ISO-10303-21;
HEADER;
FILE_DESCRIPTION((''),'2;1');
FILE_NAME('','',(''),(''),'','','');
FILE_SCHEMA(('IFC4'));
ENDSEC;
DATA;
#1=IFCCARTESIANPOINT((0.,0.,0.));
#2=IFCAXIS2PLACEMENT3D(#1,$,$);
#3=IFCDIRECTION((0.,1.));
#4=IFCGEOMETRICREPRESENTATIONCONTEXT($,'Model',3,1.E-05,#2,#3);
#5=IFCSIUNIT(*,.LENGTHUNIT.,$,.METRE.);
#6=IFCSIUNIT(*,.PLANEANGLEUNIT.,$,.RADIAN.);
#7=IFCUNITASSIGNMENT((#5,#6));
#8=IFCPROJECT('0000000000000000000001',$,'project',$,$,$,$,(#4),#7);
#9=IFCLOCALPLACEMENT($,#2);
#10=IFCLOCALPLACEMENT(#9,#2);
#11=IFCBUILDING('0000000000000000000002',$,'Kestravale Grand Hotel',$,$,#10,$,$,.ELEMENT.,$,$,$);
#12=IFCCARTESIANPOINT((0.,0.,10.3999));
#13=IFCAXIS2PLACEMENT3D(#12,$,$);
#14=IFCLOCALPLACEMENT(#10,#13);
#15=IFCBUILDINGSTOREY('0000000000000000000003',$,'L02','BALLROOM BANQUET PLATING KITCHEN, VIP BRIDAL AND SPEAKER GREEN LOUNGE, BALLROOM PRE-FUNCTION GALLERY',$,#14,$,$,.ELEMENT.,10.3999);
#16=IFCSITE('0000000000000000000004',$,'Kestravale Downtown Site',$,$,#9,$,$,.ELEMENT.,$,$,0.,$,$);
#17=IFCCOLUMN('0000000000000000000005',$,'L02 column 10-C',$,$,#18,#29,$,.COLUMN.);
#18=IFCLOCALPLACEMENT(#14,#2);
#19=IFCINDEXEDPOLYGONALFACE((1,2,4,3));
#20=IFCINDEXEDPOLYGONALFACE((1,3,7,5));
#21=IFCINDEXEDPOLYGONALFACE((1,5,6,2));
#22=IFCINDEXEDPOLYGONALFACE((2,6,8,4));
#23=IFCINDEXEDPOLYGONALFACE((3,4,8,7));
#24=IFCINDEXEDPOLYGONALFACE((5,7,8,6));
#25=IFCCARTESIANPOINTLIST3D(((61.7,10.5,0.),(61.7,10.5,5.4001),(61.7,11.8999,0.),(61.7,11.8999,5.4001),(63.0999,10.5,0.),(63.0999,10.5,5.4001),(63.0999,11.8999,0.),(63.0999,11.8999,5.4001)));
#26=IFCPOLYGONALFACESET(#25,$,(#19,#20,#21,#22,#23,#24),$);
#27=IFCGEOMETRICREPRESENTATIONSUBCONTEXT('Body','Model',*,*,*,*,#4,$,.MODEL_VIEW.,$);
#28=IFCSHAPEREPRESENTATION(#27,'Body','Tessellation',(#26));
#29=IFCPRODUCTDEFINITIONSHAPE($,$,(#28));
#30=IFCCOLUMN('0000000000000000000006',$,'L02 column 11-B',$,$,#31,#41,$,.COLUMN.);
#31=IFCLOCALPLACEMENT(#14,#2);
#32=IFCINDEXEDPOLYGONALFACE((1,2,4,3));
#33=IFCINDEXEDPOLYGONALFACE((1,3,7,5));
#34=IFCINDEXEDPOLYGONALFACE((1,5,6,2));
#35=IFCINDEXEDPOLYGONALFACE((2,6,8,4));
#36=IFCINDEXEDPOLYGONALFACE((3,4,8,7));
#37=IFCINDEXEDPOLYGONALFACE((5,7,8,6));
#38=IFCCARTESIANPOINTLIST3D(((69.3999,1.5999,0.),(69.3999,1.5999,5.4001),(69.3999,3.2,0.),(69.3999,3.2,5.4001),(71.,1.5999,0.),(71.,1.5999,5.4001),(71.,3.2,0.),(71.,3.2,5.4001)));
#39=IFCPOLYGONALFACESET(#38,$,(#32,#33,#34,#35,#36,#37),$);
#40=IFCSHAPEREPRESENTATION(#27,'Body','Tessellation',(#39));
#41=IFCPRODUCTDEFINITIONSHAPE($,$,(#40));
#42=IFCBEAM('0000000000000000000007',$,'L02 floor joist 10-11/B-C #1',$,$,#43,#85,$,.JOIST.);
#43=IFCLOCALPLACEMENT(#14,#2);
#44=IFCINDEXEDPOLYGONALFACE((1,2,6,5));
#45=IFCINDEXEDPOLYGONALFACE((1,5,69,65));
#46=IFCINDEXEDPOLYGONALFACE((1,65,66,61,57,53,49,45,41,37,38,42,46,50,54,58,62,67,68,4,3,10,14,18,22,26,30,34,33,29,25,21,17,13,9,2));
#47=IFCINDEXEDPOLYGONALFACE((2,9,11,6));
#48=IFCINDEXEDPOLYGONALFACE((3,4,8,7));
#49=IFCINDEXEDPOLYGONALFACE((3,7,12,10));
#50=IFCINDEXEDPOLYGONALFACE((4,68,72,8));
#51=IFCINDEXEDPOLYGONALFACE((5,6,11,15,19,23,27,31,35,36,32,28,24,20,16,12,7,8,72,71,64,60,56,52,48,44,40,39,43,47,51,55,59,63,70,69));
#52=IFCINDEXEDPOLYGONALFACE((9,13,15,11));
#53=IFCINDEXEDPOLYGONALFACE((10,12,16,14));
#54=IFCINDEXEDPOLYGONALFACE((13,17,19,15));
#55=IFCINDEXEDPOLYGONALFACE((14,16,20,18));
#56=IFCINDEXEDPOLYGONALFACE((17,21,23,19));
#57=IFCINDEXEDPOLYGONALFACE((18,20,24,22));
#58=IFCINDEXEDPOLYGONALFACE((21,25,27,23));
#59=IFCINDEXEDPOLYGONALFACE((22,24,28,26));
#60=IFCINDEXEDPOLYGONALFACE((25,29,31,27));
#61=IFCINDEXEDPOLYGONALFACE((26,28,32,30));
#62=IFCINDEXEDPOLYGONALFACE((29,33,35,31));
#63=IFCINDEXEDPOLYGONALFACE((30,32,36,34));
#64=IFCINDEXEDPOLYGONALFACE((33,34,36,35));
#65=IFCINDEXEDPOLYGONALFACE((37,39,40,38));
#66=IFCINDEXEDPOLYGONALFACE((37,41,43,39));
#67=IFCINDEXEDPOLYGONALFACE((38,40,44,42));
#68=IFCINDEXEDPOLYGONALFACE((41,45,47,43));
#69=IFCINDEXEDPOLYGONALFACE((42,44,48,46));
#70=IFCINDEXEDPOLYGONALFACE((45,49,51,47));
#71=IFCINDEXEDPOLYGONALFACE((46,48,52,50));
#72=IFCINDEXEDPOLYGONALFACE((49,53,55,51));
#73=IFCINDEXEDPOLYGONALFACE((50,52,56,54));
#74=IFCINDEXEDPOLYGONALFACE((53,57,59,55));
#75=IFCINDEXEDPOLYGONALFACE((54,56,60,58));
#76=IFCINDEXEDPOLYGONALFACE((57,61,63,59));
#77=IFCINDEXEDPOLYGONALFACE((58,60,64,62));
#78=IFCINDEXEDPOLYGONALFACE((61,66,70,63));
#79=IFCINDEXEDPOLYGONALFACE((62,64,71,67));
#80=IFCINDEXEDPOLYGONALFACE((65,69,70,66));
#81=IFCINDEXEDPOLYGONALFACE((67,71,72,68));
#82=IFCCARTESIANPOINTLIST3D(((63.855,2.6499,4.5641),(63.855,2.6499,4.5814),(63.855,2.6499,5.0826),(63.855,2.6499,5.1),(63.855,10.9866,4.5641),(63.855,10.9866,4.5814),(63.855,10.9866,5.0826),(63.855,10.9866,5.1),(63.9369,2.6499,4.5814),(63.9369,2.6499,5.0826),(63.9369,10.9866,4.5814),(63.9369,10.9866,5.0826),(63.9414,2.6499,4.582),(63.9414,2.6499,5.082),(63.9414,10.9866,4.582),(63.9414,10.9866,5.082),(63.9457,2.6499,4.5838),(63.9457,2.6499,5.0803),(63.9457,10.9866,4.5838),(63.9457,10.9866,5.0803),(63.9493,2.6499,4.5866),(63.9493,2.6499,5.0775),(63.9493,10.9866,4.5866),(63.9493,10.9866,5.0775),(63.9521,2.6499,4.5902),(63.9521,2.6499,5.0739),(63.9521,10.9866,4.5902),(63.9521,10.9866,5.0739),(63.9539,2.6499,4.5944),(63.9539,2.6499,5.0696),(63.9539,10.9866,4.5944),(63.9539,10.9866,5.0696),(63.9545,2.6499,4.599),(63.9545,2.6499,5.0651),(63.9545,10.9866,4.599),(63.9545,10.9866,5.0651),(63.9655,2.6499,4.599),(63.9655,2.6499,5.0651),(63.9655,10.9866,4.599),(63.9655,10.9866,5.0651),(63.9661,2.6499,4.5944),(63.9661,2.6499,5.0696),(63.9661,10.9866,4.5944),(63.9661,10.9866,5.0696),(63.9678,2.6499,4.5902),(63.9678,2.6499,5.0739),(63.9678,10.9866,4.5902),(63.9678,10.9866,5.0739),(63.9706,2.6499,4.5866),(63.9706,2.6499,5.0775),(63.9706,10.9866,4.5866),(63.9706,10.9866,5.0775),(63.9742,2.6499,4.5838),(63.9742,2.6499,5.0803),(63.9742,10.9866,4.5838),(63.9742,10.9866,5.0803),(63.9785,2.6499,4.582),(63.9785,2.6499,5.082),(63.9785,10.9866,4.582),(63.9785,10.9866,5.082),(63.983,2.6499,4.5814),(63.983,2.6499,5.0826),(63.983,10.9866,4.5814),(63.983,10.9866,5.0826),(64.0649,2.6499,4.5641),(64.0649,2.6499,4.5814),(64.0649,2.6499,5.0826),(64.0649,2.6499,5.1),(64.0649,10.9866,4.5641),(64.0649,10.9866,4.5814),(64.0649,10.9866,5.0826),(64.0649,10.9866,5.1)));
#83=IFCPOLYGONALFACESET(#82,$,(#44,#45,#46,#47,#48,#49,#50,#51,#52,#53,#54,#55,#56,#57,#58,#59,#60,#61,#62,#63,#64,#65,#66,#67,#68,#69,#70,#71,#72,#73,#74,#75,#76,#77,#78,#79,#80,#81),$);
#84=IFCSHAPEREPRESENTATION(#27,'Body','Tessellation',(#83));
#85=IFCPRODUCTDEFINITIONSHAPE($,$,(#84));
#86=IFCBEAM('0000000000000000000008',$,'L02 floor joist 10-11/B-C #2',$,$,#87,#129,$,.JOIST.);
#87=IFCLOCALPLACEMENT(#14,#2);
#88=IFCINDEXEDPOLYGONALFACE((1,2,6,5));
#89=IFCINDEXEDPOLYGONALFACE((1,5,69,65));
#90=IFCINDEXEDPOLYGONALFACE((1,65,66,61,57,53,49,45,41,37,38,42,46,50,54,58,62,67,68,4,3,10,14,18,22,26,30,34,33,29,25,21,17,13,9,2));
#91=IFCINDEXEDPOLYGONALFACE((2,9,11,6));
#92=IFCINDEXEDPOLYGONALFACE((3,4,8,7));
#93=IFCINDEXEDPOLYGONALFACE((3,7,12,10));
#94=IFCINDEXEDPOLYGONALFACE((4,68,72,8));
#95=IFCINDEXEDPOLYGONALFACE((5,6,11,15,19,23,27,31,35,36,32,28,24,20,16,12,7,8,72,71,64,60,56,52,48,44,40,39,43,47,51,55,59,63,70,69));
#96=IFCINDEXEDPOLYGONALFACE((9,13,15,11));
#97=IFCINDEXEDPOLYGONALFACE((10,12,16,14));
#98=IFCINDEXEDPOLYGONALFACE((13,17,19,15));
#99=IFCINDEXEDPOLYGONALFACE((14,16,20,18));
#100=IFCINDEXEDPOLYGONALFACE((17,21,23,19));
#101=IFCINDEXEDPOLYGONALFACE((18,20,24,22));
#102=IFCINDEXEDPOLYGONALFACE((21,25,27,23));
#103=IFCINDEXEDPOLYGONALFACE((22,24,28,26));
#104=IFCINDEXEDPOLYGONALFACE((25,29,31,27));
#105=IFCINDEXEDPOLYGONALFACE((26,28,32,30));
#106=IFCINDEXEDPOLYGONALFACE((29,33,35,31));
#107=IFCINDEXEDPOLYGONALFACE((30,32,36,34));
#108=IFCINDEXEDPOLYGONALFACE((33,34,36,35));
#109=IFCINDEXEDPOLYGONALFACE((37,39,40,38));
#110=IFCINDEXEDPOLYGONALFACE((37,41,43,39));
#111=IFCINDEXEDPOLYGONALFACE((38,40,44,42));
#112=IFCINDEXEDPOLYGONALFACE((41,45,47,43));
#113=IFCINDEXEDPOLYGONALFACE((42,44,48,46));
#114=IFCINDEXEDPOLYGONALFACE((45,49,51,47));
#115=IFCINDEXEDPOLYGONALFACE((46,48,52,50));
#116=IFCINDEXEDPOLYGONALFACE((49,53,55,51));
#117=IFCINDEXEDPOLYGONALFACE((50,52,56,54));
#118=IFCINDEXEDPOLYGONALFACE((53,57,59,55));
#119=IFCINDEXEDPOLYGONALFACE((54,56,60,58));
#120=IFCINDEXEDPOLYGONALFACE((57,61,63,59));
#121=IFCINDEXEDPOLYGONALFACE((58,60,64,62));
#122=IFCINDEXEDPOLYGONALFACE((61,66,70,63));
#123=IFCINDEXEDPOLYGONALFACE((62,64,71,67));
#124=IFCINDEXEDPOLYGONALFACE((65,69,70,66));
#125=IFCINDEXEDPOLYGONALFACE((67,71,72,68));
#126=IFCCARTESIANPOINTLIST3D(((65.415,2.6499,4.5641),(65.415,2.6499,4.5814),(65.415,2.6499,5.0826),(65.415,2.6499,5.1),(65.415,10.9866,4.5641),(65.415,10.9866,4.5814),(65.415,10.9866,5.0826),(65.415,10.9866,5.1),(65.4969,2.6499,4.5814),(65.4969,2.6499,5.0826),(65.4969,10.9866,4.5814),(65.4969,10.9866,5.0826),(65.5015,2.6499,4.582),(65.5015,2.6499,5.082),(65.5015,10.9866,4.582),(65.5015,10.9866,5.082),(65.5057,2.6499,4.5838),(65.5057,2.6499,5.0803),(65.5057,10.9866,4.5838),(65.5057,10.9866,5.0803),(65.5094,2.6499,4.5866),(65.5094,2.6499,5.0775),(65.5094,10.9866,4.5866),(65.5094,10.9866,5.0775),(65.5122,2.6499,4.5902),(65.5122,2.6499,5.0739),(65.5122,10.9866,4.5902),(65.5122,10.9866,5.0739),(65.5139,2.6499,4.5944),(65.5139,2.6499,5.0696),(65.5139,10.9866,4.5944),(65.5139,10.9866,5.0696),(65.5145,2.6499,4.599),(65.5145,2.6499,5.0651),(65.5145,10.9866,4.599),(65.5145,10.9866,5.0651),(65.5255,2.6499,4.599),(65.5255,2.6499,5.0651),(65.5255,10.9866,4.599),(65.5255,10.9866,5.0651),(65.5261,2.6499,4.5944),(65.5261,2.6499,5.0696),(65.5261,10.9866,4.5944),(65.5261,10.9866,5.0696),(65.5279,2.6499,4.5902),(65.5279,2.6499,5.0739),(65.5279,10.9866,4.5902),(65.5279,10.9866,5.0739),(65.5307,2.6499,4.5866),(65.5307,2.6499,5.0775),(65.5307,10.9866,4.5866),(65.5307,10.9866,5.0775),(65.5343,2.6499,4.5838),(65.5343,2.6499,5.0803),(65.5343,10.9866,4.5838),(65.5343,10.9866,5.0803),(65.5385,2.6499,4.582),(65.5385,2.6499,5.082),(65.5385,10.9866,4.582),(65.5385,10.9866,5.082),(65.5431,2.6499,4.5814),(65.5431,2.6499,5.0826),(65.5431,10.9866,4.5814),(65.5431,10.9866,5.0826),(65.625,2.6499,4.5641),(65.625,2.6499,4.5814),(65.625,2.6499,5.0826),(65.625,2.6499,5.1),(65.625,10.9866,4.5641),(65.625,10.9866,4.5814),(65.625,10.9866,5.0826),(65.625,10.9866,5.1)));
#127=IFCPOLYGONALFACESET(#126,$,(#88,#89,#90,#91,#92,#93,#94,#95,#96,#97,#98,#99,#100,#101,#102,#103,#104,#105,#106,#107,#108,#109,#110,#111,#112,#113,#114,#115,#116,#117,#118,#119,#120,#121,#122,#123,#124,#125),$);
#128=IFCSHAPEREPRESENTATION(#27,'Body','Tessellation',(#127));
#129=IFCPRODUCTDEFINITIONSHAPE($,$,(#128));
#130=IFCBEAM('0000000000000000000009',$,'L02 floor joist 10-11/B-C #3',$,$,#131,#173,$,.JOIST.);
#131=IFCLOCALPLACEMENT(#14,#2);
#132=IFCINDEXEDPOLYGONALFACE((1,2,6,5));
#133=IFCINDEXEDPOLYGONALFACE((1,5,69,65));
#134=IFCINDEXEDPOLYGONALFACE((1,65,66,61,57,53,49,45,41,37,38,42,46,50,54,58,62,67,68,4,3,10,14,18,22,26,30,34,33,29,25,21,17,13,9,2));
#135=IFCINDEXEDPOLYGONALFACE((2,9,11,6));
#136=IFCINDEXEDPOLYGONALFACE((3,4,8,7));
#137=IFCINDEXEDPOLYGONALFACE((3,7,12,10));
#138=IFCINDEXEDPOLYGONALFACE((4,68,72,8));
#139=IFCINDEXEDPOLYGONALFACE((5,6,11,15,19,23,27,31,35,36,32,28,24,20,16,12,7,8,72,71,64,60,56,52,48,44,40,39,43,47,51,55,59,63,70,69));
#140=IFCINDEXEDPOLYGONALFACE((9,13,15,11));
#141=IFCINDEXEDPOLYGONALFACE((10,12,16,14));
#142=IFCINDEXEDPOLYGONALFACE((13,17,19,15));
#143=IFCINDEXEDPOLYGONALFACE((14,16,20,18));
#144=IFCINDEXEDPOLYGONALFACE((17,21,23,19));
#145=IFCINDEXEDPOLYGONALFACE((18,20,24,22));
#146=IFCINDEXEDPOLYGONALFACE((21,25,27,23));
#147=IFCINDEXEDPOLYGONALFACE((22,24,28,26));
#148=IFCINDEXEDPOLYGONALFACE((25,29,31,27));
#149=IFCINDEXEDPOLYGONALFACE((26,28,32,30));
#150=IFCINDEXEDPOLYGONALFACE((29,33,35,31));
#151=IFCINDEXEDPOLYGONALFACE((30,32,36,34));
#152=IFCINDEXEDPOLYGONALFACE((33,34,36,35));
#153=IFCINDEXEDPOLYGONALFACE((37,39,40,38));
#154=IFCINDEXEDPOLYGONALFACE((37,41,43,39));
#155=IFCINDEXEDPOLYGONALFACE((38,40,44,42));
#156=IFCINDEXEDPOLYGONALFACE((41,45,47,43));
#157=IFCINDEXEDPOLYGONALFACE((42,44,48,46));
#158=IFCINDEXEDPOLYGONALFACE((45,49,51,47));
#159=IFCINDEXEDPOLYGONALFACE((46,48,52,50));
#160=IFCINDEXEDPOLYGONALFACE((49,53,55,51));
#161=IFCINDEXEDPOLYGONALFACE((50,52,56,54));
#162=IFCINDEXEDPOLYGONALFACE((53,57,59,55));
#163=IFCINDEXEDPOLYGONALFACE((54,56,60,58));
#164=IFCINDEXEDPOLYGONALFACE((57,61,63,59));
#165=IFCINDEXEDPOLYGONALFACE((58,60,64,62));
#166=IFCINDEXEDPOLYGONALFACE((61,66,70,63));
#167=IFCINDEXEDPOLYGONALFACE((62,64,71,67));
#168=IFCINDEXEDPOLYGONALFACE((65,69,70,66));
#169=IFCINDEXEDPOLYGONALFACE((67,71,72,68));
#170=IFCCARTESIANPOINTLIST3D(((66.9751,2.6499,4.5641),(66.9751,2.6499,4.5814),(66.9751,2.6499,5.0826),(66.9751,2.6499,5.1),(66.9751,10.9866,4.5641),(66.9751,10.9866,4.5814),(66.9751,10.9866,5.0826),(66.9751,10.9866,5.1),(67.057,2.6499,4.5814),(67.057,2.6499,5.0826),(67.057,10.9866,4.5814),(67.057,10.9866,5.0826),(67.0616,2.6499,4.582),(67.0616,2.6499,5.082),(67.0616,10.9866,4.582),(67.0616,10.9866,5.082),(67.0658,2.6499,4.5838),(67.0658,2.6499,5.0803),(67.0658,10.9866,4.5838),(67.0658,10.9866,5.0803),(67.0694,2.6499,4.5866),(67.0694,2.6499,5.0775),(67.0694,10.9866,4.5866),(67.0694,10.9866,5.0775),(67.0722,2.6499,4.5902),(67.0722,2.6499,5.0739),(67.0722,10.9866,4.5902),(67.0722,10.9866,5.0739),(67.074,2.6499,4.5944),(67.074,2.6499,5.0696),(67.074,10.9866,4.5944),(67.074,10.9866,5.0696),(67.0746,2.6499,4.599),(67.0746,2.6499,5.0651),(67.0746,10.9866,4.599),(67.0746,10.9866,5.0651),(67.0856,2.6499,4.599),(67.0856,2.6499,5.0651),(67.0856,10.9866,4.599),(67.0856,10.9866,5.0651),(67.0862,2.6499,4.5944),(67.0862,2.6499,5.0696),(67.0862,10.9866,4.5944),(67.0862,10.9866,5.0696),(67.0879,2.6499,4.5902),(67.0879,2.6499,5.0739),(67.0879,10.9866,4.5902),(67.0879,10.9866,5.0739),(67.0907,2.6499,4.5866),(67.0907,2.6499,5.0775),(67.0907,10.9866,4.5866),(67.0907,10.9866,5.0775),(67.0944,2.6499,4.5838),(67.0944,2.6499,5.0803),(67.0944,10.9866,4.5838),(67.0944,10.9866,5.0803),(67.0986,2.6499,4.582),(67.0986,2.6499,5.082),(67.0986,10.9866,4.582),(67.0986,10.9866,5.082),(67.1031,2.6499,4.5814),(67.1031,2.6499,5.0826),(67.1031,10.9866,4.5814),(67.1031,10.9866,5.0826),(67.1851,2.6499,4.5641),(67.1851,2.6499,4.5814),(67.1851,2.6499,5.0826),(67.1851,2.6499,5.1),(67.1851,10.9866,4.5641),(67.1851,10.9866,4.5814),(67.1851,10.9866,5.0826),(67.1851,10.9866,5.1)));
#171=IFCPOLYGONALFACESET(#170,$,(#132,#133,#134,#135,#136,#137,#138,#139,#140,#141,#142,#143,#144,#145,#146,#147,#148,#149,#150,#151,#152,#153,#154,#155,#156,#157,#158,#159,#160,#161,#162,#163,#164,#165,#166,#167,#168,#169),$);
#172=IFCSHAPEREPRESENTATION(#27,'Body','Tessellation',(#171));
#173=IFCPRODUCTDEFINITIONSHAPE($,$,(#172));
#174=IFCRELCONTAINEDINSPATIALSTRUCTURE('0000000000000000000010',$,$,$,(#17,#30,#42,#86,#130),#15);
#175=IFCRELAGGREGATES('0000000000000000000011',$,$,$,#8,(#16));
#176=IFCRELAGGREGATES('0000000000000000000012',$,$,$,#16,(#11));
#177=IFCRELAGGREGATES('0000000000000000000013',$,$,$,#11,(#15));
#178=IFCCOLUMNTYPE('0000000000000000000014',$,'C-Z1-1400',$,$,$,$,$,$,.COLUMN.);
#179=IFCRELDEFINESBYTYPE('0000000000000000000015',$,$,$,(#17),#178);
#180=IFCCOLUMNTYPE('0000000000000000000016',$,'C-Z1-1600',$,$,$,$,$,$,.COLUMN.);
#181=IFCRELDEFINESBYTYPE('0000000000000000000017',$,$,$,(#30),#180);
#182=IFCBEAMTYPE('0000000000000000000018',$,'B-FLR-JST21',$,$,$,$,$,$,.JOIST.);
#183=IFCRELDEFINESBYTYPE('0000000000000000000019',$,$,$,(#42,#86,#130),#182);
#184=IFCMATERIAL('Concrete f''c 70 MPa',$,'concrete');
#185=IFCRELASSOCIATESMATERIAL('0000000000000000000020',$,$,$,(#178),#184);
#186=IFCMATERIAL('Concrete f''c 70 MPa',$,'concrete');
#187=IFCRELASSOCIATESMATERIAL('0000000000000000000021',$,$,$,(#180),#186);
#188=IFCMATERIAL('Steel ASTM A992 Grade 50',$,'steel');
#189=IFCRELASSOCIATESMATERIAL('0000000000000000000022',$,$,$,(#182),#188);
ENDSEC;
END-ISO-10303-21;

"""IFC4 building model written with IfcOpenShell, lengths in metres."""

from ifc_helpers import new_model, si_unit, direction, frame, origin, origin_2d, place, context, subcontext, project, spatial, rectangle, i_section, extrude, material, material_profile, profile_set, type_object, element, save


model = new_model("IFC4")

# Units and contexts
model_context = context("Model", 3, precision=1e-05, world=origin(), true_north=direction((0.0, 1.0)))
body_context = subcontext(model_context, "Body", "Model", "MODEL_VIEW")
ifc_project = project(units=[si_unit("LENGTHUNIT", "METRE"), si_unit("PLANEANGLEUNIT", "RADIAN")], contexts=[model_context])

# Site, building, storey
site_placement = place(None, origin())
site = spatial("IfcSite", under=ifc_project, at=site_placement, Name="Kestravale Downtown Site", CompositionType="ELEMENT", RefElevation=0.0)
building_placement = place(site_placement, origin())
building = spatial("IfcBuilding", under=site, at=building_placement, Name="Kestravale Grand Hotel", CompositionType="ELEMENT")
storey_placement = place(building_placement, frame((0.0, 0.0, 10.3999)))
storey = spatial("IfcBuildingStorey", under=building, at=storey_placement, Name="L02", Description="BALLROOM BANQUET PLATING KITCHEN, VIP BRIDAL AND SPEAKER GREEN LOUNGE, BALLROOM PRE-FUNCTION GALLERY", CompositionType="ELEMENT", Elevation=10.3999)

# Columns
ifc_material_1 = material(Name="Concrete f'c 70 MPa", Category="concrete")
ifc_material_profile_1 = material_profile(ifc_material_1, rectangle(XDim=1.3999, YDim=1.3999, at=origin_2d()))
ifc_profile_set_1 = profile_set([ifc_material_profile_1], Name="Concrete f'c 70 MPa")
column_type_1 = type_object("IfcColumnType", Name="C-Z1-1400", PredefinedType="COLUMN", material=ifc_profile_set_1)
column_1_placement = place(storey_placement, frame((62.3999, 11.2, 0.0), z_axis=(0.0, 0.0, 1.0), x_axis=(1.0, 0.0, 0.0)))
element("IfcColumn", 1, at=column_1_placement, inside=storey, type_object=column_type_1, Name="L02 column 10-C", PredefinedType="COLUMN", context=body_context, shape_type="SweptSolid", body=[
    extrude(rectangle(XDim=1.3999, YDim=1.3999, at=origin_2d()), origin(), (0.0, 0.0, 1.0), 5.4001),
])
ifc_material_2 = material(Name="Concrete f'c 70 MPa", Category="concrete")
ifc_material_profile_2 = material_profile(ifc_material_2, rectangle(XDim=1.6001, YDim=1.6001, at=origin_2d()))
ifc_profile_set_2 = profile_set([ifc_material_profile_2], Name="Concrete f'c 70 MPa")
column_type_2 = type_object("IfcColumnType", Name="C-Z1-1600", PredefinedType="COLUMN", material=ifc_profile_set_2)
column_2_placement = place(storey_placement, frame((70.2, 2.3999, 0.0), z_axis=(0.0, 0.0, 1.0), x_axis=(1.0, 0.0, 0.0)))
element("IfcColumn", 2, at=column_2_placement, inside=storey, type_object=column_type_2, Name="L02 column 11-B", PredefinedType="COLUMN", context=body_context, shape_type="SweptSolid", body=[
    extrude(rectangle(XDim=1.6001, YDim=1.6001, at=origin_2d()), origin(), (0.0, 0.0, 1.0), 5.4001),
])

# Beams
ifc_material_3 = material(Name="Steel ASTM A992 Grade 50", Category="steel")
ifc_material_profile_3 = material_profile(ifc_material_3, i_section(OverallWidth=0.21, OverallDepth=0.5359, WebThickness=0.011, FlangeThickness=0.0173, FilletRadius=0.0176, at=origin_2d()))
ifc_profile_set_3 = profile_set([ifc_material_profile_3], Name="Steel ASTM A992 Grade 50")
beam_type_1 = type_object("IfcBeamType", Name="B-FLR-JST21", PredefinedType="JOIST", material=ifc_profile_set_3)
for number, where, z_axis, x_axis, name in (
    (3, (63.96, 2.6499, 4.832), (0.0, 1.0, 0.0), (-1.0, 0.0, 0.0), "L02 floor joist 10-11/B-C #1"),
    (4, (65.52, 2.6499, 4.832), (0.0, 1.0, 0.0), (-1.0, 0.0, 0.0), "L02 floor joist 10-11/B-C #2"),
    (5, (67.0801, 2.6499, 4.832), (0.0, 1.0, 0.0), (-1.0, 0.0, 0.0), "L02 floor joist 10-11/B-C #3"),
):
    element("IfcBeam", number, at=place(storey_placement, frame(where, z_axis=z_axis, x_axis=x_axis)), inside=storey, type_object=beam_type_1, Name=name, PredefinedType="JOIST", context=body_context, shape_type="SweptSolid", body=[
        extrude(i_section(OverallWidth=0.21, OverallDepth=0.5359, WebThickness=0.011, FlangeThickness=0.0173, FilletRadius=0.0176, at=origin_2d()), origin(), (0.0, 0.0, 1.0), 8.3367),
    ])

save(model, "model.ifc")
